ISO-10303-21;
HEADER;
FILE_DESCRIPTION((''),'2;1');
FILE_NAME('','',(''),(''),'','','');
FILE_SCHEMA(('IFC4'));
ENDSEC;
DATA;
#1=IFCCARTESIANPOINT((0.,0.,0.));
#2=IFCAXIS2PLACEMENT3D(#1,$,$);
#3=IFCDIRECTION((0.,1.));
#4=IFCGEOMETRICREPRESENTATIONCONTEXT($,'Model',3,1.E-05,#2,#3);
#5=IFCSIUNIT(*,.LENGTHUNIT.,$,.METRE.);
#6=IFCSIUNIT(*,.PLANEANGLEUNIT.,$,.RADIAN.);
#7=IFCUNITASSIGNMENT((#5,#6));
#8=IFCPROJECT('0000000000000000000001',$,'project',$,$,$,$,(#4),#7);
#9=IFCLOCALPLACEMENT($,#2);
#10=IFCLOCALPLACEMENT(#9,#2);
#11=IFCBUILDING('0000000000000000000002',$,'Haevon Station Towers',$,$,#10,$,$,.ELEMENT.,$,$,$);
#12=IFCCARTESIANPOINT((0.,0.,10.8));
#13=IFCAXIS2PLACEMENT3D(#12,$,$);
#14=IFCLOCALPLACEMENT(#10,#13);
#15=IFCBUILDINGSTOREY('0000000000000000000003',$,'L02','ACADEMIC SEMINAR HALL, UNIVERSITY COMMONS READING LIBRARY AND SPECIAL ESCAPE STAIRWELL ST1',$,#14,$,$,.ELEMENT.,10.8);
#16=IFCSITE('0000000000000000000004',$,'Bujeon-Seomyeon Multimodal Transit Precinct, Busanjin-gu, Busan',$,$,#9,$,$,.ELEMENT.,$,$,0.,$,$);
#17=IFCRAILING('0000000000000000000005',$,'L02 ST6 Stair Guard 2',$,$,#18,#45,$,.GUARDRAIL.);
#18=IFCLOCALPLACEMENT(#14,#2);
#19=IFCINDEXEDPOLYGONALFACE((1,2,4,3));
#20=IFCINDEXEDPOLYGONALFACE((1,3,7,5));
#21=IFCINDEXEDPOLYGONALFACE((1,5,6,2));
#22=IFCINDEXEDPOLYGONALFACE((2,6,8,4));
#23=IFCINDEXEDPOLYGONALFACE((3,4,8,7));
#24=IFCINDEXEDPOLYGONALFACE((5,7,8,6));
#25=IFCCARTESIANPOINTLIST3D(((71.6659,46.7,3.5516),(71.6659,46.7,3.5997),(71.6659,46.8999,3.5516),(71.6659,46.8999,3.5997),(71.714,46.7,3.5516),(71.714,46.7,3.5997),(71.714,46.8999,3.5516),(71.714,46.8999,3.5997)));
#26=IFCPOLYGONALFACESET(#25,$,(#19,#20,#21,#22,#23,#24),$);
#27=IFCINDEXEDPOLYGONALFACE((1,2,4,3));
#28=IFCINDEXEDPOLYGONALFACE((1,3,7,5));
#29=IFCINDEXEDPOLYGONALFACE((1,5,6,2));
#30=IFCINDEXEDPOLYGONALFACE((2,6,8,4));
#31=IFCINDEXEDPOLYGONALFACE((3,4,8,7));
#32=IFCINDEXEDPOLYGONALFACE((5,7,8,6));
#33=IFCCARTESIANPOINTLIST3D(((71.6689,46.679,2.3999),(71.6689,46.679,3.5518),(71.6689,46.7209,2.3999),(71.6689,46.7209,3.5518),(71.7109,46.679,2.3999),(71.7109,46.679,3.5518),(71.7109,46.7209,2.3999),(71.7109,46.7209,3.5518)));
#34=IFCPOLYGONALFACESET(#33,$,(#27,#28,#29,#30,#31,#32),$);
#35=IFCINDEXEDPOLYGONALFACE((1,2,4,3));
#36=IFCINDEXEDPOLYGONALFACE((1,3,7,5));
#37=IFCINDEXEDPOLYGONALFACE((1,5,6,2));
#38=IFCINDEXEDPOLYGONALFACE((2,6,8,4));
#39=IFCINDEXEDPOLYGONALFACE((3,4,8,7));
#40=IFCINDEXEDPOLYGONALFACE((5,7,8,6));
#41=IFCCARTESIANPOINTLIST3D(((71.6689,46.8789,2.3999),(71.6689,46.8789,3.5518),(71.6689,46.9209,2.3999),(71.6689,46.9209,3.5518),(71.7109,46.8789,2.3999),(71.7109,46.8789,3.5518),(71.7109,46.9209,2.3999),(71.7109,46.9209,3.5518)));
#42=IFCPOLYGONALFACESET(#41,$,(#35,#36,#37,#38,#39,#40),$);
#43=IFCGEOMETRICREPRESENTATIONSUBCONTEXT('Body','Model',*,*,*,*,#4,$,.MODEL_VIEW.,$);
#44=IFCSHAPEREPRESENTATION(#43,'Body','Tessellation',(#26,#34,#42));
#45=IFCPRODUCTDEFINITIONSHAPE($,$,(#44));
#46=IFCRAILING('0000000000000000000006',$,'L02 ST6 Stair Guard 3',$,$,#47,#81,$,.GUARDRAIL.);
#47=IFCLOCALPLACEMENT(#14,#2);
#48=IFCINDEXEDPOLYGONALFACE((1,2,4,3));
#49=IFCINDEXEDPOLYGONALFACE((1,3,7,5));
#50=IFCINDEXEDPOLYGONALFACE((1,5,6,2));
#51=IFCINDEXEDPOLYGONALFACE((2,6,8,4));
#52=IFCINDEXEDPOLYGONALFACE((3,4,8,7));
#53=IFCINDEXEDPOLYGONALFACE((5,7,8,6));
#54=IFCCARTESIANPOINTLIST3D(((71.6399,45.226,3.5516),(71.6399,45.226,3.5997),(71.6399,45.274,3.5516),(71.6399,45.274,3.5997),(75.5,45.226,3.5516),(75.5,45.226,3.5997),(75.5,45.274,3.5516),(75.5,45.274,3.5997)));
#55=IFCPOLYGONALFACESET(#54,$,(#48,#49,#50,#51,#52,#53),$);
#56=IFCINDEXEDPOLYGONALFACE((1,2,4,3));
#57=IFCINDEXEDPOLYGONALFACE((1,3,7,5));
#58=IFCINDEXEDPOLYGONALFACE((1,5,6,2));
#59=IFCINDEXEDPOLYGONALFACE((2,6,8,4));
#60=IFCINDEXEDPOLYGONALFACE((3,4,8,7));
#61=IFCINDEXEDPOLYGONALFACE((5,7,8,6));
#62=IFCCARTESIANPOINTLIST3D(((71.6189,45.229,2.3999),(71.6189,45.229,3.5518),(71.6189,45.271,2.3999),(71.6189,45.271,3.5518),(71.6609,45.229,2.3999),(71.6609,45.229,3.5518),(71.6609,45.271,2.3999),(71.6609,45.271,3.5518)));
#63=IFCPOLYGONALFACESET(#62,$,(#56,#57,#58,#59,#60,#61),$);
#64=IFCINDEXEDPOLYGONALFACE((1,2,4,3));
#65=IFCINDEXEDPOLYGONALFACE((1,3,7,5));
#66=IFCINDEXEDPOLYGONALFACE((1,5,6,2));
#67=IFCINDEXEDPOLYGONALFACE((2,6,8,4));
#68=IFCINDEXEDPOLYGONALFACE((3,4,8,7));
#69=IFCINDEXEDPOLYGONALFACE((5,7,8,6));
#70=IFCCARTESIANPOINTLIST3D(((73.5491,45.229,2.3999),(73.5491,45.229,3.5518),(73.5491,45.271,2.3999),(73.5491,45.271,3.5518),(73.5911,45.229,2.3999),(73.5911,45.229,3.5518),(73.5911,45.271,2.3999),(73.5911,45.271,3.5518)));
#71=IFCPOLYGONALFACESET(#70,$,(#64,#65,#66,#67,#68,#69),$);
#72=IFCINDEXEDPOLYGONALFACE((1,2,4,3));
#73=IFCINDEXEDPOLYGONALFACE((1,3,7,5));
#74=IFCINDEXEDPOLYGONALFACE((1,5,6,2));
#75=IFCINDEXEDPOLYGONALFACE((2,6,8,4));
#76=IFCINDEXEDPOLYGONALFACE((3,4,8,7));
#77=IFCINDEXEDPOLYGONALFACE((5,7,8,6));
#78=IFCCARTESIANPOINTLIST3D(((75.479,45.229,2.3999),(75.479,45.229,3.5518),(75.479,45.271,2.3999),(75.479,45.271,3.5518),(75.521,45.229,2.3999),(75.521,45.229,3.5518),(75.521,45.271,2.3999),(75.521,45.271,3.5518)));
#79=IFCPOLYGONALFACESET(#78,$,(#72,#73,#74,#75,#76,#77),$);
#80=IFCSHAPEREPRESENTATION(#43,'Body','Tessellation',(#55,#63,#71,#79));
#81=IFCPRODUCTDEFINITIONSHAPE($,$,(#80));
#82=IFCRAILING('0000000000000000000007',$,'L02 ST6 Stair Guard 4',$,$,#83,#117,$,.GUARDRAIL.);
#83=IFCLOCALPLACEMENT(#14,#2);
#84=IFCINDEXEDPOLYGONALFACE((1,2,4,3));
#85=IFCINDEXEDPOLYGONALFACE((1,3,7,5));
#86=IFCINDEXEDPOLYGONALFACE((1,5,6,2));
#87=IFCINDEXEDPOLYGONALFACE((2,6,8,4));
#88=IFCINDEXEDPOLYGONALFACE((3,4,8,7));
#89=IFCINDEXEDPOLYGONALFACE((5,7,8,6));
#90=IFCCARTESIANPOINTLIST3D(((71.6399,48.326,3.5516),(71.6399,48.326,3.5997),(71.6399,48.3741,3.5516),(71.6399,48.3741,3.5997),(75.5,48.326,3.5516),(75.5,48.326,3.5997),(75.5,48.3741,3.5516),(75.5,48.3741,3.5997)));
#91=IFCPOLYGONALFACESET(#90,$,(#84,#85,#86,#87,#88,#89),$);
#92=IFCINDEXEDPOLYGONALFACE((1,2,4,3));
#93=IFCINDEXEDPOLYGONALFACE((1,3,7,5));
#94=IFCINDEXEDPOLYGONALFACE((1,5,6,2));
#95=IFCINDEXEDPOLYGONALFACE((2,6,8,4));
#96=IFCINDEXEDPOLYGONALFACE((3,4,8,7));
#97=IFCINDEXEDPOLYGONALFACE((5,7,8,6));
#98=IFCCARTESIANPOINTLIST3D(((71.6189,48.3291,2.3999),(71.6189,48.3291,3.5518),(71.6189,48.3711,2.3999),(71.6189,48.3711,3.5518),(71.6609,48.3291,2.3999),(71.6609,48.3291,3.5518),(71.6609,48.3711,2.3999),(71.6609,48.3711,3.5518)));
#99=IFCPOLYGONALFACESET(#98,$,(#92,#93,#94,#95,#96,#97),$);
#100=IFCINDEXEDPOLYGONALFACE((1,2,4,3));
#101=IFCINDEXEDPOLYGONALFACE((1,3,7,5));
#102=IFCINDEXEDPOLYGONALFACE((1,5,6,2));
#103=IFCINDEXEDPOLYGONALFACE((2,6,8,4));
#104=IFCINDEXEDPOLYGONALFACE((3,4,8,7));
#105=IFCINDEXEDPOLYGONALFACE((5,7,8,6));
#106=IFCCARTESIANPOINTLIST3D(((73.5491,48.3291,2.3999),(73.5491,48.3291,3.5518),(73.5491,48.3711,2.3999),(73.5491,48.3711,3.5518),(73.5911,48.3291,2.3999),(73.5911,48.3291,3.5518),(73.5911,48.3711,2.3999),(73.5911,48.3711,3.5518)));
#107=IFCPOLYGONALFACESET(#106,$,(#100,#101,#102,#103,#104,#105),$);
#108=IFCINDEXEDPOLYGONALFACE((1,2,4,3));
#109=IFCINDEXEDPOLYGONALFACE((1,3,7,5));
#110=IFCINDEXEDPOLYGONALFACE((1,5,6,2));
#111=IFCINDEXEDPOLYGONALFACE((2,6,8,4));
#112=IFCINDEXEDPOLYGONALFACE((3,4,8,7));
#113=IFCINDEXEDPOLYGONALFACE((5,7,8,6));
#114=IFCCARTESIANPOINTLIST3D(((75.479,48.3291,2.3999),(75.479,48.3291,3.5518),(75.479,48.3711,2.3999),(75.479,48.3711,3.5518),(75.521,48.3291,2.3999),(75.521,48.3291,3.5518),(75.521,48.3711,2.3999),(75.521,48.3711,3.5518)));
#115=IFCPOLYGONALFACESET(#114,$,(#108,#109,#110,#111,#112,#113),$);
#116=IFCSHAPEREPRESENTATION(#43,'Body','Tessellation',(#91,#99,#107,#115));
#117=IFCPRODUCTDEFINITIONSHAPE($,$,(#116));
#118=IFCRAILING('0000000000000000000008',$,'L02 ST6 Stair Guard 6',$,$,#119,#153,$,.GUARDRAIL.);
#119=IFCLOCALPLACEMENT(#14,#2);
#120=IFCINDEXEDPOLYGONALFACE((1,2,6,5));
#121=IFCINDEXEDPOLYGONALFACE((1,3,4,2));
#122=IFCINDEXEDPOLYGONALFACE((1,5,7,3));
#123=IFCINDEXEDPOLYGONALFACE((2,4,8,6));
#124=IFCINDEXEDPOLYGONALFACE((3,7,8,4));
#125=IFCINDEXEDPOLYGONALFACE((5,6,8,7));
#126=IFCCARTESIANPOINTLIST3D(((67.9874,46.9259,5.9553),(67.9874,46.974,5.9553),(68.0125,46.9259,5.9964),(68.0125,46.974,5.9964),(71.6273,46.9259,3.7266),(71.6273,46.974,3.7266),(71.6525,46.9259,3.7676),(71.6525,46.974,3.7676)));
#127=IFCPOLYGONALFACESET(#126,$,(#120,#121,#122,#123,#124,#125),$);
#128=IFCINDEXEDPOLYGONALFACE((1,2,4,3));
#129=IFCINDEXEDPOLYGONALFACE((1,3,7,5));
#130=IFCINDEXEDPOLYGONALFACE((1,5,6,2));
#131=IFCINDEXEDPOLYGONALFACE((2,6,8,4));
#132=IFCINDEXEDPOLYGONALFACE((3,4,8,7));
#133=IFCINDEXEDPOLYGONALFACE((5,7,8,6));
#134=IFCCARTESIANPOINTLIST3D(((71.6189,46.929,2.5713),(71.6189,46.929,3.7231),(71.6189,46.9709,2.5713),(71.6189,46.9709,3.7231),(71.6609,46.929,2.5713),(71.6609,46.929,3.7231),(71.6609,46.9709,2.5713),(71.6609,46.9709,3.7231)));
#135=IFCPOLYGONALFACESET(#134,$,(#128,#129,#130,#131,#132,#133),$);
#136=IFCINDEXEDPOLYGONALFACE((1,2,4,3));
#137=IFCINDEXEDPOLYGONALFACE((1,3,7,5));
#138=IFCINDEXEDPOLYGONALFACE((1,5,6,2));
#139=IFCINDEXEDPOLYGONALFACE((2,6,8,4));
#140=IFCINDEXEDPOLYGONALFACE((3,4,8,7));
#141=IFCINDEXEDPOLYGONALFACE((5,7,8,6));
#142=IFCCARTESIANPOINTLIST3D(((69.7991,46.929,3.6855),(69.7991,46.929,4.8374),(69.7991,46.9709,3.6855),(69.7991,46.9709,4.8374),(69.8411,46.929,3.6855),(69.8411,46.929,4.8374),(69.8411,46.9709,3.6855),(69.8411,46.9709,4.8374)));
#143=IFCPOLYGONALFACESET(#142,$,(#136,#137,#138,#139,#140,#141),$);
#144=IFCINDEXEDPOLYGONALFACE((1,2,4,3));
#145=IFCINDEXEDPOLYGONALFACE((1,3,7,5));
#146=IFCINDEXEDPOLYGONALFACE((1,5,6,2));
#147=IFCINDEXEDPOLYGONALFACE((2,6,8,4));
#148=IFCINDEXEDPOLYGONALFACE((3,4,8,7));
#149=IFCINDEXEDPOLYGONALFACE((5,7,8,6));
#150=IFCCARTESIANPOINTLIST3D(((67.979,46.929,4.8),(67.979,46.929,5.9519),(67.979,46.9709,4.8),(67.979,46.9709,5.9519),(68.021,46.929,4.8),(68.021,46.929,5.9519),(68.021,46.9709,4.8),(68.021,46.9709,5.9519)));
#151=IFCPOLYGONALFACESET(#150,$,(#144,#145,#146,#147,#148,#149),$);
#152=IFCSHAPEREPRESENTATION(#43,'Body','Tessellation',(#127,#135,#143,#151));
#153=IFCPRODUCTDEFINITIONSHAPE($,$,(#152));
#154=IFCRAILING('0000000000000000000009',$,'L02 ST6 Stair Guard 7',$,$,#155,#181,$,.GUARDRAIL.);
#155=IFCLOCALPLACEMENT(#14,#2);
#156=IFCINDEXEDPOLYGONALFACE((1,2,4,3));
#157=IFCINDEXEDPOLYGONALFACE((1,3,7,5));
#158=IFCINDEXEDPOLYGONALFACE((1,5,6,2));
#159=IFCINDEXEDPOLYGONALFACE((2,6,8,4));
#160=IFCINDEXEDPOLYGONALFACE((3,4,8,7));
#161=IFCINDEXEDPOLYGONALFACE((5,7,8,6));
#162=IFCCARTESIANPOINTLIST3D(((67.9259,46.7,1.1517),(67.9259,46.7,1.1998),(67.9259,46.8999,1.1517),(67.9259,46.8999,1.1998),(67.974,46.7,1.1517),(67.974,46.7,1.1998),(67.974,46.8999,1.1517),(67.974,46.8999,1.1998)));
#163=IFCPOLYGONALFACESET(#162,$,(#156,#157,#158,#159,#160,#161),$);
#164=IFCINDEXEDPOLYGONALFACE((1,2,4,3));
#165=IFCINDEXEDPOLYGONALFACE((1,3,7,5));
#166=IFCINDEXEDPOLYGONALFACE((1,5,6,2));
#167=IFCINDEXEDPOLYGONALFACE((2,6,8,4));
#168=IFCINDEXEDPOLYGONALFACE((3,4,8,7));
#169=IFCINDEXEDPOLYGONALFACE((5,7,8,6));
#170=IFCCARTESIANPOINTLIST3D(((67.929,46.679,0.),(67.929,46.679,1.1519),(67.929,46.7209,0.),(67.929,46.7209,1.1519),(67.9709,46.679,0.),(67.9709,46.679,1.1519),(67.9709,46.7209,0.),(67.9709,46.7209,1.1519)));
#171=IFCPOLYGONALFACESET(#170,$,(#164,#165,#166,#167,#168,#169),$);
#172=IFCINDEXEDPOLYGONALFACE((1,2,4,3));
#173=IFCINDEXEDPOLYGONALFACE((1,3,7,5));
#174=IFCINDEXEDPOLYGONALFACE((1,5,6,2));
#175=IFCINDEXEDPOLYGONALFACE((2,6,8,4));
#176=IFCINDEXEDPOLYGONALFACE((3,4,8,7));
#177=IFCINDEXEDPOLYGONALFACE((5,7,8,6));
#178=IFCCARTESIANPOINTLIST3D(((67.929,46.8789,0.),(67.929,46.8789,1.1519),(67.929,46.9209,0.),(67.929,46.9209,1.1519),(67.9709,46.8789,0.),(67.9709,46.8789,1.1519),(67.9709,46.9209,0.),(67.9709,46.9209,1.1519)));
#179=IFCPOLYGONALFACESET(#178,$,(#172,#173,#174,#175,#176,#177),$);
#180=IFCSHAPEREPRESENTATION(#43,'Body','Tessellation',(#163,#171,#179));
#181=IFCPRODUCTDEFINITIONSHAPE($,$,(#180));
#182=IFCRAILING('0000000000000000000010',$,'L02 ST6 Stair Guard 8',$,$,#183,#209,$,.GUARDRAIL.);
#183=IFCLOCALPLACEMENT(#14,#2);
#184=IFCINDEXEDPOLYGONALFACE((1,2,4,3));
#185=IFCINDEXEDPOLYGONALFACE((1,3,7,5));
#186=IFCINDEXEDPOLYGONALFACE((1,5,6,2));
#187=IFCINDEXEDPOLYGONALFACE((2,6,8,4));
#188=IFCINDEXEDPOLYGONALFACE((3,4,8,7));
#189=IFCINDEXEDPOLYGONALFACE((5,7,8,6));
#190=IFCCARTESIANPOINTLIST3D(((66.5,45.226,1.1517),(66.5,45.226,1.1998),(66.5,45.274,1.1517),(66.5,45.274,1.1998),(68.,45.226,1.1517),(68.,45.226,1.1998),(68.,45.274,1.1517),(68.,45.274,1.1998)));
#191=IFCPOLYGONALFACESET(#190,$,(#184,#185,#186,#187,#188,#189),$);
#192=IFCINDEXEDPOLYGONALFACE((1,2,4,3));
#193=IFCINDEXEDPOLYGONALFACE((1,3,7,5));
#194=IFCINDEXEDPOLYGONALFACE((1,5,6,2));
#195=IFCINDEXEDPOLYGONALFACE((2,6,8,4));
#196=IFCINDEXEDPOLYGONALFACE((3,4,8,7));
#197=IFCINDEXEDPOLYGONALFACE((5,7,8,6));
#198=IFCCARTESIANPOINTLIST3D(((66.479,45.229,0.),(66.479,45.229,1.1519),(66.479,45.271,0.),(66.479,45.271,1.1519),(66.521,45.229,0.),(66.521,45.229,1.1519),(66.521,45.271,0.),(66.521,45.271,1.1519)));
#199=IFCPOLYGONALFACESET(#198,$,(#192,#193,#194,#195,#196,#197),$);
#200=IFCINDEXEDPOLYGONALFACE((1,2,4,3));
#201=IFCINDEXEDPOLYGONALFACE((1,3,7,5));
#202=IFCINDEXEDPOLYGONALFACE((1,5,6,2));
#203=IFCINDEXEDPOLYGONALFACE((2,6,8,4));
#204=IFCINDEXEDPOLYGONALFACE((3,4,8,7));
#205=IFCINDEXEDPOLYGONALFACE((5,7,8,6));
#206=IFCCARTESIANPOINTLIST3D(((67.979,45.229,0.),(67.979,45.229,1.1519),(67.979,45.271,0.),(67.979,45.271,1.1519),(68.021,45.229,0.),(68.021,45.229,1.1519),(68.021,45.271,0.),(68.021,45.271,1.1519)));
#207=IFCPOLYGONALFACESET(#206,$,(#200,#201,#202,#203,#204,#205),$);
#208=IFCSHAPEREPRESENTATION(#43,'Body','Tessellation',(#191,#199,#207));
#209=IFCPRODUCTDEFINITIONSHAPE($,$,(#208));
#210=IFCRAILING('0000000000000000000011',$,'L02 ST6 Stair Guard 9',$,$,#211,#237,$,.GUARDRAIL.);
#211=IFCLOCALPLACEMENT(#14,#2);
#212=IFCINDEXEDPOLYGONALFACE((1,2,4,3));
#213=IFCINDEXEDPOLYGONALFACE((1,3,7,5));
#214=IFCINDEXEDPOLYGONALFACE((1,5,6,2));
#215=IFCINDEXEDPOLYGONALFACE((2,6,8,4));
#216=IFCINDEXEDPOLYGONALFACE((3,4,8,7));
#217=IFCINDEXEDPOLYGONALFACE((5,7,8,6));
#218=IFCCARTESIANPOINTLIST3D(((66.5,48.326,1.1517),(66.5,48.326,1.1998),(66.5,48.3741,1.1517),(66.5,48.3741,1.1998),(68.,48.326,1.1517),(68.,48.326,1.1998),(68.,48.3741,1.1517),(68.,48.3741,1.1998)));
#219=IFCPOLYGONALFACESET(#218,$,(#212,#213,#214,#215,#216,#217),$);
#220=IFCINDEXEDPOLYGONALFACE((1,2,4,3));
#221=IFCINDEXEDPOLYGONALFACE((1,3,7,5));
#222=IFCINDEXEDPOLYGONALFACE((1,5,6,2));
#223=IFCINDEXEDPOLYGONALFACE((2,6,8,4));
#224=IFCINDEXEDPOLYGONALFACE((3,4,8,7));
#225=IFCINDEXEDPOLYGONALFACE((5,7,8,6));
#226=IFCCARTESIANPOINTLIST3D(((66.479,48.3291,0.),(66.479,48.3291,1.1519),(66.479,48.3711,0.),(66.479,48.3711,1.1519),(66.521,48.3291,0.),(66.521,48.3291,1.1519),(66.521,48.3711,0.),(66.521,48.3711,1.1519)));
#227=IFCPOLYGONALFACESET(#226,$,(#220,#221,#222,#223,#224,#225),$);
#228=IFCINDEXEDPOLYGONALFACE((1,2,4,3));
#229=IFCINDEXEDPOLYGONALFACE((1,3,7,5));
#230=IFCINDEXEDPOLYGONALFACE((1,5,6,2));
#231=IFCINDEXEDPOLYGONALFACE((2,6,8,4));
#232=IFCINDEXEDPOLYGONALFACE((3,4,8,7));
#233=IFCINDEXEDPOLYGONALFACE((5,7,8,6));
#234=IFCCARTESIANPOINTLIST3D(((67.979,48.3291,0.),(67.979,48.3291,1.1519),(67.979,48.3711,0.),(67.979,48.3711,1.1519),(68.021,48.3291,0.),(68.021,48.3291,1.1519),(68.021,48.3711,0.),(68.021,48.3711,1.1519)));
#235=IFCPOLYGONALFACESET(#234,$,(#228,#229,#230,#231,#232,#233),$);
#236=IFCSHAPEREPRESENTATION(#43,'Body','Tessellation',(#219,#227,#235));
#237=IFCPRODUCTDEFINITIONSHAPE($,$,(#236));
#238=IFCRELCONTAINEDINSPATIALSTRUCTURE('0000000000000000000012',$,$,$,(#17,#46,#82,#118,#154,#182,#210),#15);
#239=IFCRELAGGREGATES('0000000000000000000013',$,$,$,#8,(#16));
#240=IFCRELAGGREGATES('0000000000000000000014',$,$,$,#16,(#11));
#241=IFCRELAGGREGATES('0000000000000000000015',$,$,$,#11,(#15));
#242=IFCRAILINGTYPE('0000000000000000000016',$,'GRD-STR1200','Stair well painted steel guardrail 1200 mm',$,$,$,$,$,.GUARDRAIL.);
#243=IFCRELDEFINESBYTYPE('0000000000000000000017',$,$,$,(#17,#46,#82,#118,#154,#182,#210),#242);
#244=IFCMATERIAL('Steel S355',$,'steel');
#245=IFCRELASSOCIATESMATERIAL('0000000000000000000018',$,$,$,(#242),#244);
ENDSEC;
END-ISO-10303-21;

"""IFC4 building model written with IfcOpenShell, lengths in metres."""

from ifc_helpers import new_model, si_unit, direction, frame, origin, origin_2d, place, context, subcontext, project, spatial, rectangle, extrude, material, type_object, element, save


model = new_model("IFC4")

# Units and contexts
model_context = context("Model", 3, precision=1e-05, world=origin(), true_north=direction((0.0, 1.0)))
body_context = subcontext(model_context, "Body", "Model", "MODEL_VIEW")
ifc_project = project(units=[si_unit("LENGTHUNIT", "METRE"), si_unit("PLANEANGLEUNIT", "RADIAN")], contexts=[model_context])

# Site, building, storey
site_placement = place(None, origin())
site = spatial("IfcSite", under=ifc_project, at=site_placement, Name="Bujeon-Seomyeon Multimodal Transit Precinct, Busanjin-gu, Busan", CompositionType="ELEMENT", RefElevation=0.0)
building_placement = place(site_placement, origin())
building = spatial("IfcBuilding", under=site, at=building_placement, Name="Haevon Station Towers", CompositionType="ELEMENT")
storey_placement = place(building_placement, frame((0.0, 0.0, 10.8)))
storey = spatial("IfcBuildingStorey", under=building, at=storey_placement, Name="L02", Description="ACADEMIC SEMINAR HALL, UNIVERSITY COMMONS READING LIBRARY AND SPECIAL ESCAPE STAIRWELL ST1", CompositionType="ELEMENT", Elevation=10.8)

# Shared definitions
ifc_material_1 = material(Name="Steel S355", Category="steel")

# Railings
railing_type_1 = type_object("IfcRailingType", Name="GRD-STR1200", Description="Stair well painted steel guardrail 1200 mm", PredefinedType="GUARDRAIL", material=ifc_material_1)
railing_1_placement = place(storey_placement, frame((71.6899, 46.7, 2.3999)))
element("IfcRailing", 1, at=railing_1_placement, inside=storey, type_object=railing_type_1, Name="L02 ST6 Stair Guard 2", PredefinedType="GUARDRAIL", context=body_context, shape_type="SweptSolid", body=[
    extrude(rectangle(XDim=0.0481, YDim=0.0481, at=origin_2d()), frame((0.0, 0.0, 1.1758), z_axis=(0.0, 1.0, 0.0), x_axis=(-1.0, 0.0, 0.0)), (0.0, 0.0, 1.0), 0.2),
    extrude(rectangle(XDim=0.042, YDim=0.042, at=origin_2d()), origin(), (0.0, 0.0, 1.0), 1.1519),
    extrude(rectangle(XDim=0.042, YDim=0.042, at=origin_2d()), frame((0.0, 0.2, 0.0)), (0.0, 0.0, 1.0), 1.1519),
])
for number, where, name in (
    (2, (71.6399, 45.25, 2.3999), "L02 ST6 Stair Guard 3"),
    (3, (71.6399, 48.3501, 2.3999), "L02 ST6 Stair Guard 4"),
):
    element("IfcRailing", number, at=place(storey_placement, frame(where)), inside=storey, type_object=railing_type_1, Name=name, PredefinedType="GUARDRAIL", context=body_context, shape_type="SweptSolid", body=[
        extrude(rectangle(XDim=0.0481, YDim=0.0481, at=origin_2d()), frame((0.0, 0.0, 1.1758), z_axis=(1.0, 0.0, 0.0), x_axis=(0.0, 1.0, 0.0)), (0.0, 0.0, 1.0), 3.8601),
        extrude(rectangle(XDim=0.042, YDim=0.042, at=origin_2d()), origin(), (0.0, 0.0, 1.0), 1.1519),
        extrude(rectangle(XDim=0.042, YDim=0.042, at=origin_2d()), frame((1.9302, 0.0, 0.0)), (0.0, 0.0, 1.0), 1.1519),
        extrude(rectangle(XDim=0.042, YDim=0.042, at=origin_2d()), frame((3.8601, 0.0, 0.0)), (0.0, 0.0, 1.0), 1.1519),
    ])
railing_2_placement = place(storey_placement, frame((71.6399, 46.95, 2.5713)))
element("IfcRailing", 4, at=railing_2_placement, inside=storey, type_object=railing_type_1, Name="L02 ST6 Stair Guard 6", PredefinedType="GUARDRAIL", context=body_context, shape_type="SweptSolid", body=[
    extrude(rectangle(XDim=0.0481, YDim=0.0481, at=origin_2d()), frame((0.0, 0.0, 1.1758), z_axis=(-0.852825, 0.0, 0.522197), x_axis=(0.0, -1.0, 0.0)), (0.0, 0.0, 1.0), 4.2681),
    extrude(rectangle(XDim=0.042, YDim=0.042, at=origin_2d()), origin(), (0.0, 0.0, 1.0), 1.1519),
    extrude(rectangle(XDim=0.042, YDim=0.042, at=origin_2d()), frame((-1.8198, 0.0, 1.1143)), (0.0, 0.0, 1.0), 1.1519),
    extrude(rectangle(XDim=0.042, YDim=0.042, at=origin_2d()), frame((-3.6399, 0.0, 2.2288)), (0.0, 0.0, 1.0), 1.1519),
])
railing_3_placement = place(storey_placement, frame((67.95, 46.7, 0.0)))
element("IfcRailing", 5, at=railing_3_placement, inside=storey, type_object=railing_type_1, Name="L02 ST6 Stair Guard 7", PredefinedType="GUARDRAIL", context=body_context, shape_type="SweptSolid", body=[
    extrude(rectangle(XDim=0.0481, YDim=0.0481, at=origin_2d()), frame((0.0, 0.0, 1.1758), z_axis=(0.0, 1.0, 0.0), x_axis=(-1.0, 0.0, 0.0)), (0.0, 0.0, 1.0), 0.2),
    extrude(rectangle(XDim=0.042, YDim=0.042, at=origin_2d()), origin(), (0.0, 0.0, 1.0), 1.1519),
    extrude(rectangle(XDim=0.042, YDim=0.042, at=origin_2d()), frame((0.0, 0.2, 0.0)), (0.0, 0.0, 1.0), 1.1519),
])
for number, where, name in (
    (6, (66.5, 45.25, 0.0), "L02 ST6 Stair Guard 8"),
    (7, (66.5, 48.3501, 0.0), "L02 ST6 Stair Guard 9"),
):
    element("IfcRailing", number, at=place(storey_placement, frame(where)), inside=storey, type_object=railing_type_1, Name=name, PredefinedType="GUARDRAIL", context=body_context, shape_type="SweptSolid", body=[
        extrude(rectangle(XDim=0.0481, YDim=0.0481, at=origin_2d()), frame((0.0, 0.0, 1.1758), z_axis=(1.0, 0.0, 0.0), x_axis=(0.0, 1.0, 0.0)), (0.0, 0.0, 1.0), 1.5),
        extrude(rectangle(XDim=0.042, YDim=0.042, at=origin_2d()), origin(), (0.0, 0.0, 1.0), 1.1519),
        extrude(rectangle(XDim=0.042, YDim=0.042, at=origin_2d()), frame((1.5, 0.0, 0.0)), (0.0, 0.0, 1.0), 1.1519),
    ])

save(model, "model.ifc")
